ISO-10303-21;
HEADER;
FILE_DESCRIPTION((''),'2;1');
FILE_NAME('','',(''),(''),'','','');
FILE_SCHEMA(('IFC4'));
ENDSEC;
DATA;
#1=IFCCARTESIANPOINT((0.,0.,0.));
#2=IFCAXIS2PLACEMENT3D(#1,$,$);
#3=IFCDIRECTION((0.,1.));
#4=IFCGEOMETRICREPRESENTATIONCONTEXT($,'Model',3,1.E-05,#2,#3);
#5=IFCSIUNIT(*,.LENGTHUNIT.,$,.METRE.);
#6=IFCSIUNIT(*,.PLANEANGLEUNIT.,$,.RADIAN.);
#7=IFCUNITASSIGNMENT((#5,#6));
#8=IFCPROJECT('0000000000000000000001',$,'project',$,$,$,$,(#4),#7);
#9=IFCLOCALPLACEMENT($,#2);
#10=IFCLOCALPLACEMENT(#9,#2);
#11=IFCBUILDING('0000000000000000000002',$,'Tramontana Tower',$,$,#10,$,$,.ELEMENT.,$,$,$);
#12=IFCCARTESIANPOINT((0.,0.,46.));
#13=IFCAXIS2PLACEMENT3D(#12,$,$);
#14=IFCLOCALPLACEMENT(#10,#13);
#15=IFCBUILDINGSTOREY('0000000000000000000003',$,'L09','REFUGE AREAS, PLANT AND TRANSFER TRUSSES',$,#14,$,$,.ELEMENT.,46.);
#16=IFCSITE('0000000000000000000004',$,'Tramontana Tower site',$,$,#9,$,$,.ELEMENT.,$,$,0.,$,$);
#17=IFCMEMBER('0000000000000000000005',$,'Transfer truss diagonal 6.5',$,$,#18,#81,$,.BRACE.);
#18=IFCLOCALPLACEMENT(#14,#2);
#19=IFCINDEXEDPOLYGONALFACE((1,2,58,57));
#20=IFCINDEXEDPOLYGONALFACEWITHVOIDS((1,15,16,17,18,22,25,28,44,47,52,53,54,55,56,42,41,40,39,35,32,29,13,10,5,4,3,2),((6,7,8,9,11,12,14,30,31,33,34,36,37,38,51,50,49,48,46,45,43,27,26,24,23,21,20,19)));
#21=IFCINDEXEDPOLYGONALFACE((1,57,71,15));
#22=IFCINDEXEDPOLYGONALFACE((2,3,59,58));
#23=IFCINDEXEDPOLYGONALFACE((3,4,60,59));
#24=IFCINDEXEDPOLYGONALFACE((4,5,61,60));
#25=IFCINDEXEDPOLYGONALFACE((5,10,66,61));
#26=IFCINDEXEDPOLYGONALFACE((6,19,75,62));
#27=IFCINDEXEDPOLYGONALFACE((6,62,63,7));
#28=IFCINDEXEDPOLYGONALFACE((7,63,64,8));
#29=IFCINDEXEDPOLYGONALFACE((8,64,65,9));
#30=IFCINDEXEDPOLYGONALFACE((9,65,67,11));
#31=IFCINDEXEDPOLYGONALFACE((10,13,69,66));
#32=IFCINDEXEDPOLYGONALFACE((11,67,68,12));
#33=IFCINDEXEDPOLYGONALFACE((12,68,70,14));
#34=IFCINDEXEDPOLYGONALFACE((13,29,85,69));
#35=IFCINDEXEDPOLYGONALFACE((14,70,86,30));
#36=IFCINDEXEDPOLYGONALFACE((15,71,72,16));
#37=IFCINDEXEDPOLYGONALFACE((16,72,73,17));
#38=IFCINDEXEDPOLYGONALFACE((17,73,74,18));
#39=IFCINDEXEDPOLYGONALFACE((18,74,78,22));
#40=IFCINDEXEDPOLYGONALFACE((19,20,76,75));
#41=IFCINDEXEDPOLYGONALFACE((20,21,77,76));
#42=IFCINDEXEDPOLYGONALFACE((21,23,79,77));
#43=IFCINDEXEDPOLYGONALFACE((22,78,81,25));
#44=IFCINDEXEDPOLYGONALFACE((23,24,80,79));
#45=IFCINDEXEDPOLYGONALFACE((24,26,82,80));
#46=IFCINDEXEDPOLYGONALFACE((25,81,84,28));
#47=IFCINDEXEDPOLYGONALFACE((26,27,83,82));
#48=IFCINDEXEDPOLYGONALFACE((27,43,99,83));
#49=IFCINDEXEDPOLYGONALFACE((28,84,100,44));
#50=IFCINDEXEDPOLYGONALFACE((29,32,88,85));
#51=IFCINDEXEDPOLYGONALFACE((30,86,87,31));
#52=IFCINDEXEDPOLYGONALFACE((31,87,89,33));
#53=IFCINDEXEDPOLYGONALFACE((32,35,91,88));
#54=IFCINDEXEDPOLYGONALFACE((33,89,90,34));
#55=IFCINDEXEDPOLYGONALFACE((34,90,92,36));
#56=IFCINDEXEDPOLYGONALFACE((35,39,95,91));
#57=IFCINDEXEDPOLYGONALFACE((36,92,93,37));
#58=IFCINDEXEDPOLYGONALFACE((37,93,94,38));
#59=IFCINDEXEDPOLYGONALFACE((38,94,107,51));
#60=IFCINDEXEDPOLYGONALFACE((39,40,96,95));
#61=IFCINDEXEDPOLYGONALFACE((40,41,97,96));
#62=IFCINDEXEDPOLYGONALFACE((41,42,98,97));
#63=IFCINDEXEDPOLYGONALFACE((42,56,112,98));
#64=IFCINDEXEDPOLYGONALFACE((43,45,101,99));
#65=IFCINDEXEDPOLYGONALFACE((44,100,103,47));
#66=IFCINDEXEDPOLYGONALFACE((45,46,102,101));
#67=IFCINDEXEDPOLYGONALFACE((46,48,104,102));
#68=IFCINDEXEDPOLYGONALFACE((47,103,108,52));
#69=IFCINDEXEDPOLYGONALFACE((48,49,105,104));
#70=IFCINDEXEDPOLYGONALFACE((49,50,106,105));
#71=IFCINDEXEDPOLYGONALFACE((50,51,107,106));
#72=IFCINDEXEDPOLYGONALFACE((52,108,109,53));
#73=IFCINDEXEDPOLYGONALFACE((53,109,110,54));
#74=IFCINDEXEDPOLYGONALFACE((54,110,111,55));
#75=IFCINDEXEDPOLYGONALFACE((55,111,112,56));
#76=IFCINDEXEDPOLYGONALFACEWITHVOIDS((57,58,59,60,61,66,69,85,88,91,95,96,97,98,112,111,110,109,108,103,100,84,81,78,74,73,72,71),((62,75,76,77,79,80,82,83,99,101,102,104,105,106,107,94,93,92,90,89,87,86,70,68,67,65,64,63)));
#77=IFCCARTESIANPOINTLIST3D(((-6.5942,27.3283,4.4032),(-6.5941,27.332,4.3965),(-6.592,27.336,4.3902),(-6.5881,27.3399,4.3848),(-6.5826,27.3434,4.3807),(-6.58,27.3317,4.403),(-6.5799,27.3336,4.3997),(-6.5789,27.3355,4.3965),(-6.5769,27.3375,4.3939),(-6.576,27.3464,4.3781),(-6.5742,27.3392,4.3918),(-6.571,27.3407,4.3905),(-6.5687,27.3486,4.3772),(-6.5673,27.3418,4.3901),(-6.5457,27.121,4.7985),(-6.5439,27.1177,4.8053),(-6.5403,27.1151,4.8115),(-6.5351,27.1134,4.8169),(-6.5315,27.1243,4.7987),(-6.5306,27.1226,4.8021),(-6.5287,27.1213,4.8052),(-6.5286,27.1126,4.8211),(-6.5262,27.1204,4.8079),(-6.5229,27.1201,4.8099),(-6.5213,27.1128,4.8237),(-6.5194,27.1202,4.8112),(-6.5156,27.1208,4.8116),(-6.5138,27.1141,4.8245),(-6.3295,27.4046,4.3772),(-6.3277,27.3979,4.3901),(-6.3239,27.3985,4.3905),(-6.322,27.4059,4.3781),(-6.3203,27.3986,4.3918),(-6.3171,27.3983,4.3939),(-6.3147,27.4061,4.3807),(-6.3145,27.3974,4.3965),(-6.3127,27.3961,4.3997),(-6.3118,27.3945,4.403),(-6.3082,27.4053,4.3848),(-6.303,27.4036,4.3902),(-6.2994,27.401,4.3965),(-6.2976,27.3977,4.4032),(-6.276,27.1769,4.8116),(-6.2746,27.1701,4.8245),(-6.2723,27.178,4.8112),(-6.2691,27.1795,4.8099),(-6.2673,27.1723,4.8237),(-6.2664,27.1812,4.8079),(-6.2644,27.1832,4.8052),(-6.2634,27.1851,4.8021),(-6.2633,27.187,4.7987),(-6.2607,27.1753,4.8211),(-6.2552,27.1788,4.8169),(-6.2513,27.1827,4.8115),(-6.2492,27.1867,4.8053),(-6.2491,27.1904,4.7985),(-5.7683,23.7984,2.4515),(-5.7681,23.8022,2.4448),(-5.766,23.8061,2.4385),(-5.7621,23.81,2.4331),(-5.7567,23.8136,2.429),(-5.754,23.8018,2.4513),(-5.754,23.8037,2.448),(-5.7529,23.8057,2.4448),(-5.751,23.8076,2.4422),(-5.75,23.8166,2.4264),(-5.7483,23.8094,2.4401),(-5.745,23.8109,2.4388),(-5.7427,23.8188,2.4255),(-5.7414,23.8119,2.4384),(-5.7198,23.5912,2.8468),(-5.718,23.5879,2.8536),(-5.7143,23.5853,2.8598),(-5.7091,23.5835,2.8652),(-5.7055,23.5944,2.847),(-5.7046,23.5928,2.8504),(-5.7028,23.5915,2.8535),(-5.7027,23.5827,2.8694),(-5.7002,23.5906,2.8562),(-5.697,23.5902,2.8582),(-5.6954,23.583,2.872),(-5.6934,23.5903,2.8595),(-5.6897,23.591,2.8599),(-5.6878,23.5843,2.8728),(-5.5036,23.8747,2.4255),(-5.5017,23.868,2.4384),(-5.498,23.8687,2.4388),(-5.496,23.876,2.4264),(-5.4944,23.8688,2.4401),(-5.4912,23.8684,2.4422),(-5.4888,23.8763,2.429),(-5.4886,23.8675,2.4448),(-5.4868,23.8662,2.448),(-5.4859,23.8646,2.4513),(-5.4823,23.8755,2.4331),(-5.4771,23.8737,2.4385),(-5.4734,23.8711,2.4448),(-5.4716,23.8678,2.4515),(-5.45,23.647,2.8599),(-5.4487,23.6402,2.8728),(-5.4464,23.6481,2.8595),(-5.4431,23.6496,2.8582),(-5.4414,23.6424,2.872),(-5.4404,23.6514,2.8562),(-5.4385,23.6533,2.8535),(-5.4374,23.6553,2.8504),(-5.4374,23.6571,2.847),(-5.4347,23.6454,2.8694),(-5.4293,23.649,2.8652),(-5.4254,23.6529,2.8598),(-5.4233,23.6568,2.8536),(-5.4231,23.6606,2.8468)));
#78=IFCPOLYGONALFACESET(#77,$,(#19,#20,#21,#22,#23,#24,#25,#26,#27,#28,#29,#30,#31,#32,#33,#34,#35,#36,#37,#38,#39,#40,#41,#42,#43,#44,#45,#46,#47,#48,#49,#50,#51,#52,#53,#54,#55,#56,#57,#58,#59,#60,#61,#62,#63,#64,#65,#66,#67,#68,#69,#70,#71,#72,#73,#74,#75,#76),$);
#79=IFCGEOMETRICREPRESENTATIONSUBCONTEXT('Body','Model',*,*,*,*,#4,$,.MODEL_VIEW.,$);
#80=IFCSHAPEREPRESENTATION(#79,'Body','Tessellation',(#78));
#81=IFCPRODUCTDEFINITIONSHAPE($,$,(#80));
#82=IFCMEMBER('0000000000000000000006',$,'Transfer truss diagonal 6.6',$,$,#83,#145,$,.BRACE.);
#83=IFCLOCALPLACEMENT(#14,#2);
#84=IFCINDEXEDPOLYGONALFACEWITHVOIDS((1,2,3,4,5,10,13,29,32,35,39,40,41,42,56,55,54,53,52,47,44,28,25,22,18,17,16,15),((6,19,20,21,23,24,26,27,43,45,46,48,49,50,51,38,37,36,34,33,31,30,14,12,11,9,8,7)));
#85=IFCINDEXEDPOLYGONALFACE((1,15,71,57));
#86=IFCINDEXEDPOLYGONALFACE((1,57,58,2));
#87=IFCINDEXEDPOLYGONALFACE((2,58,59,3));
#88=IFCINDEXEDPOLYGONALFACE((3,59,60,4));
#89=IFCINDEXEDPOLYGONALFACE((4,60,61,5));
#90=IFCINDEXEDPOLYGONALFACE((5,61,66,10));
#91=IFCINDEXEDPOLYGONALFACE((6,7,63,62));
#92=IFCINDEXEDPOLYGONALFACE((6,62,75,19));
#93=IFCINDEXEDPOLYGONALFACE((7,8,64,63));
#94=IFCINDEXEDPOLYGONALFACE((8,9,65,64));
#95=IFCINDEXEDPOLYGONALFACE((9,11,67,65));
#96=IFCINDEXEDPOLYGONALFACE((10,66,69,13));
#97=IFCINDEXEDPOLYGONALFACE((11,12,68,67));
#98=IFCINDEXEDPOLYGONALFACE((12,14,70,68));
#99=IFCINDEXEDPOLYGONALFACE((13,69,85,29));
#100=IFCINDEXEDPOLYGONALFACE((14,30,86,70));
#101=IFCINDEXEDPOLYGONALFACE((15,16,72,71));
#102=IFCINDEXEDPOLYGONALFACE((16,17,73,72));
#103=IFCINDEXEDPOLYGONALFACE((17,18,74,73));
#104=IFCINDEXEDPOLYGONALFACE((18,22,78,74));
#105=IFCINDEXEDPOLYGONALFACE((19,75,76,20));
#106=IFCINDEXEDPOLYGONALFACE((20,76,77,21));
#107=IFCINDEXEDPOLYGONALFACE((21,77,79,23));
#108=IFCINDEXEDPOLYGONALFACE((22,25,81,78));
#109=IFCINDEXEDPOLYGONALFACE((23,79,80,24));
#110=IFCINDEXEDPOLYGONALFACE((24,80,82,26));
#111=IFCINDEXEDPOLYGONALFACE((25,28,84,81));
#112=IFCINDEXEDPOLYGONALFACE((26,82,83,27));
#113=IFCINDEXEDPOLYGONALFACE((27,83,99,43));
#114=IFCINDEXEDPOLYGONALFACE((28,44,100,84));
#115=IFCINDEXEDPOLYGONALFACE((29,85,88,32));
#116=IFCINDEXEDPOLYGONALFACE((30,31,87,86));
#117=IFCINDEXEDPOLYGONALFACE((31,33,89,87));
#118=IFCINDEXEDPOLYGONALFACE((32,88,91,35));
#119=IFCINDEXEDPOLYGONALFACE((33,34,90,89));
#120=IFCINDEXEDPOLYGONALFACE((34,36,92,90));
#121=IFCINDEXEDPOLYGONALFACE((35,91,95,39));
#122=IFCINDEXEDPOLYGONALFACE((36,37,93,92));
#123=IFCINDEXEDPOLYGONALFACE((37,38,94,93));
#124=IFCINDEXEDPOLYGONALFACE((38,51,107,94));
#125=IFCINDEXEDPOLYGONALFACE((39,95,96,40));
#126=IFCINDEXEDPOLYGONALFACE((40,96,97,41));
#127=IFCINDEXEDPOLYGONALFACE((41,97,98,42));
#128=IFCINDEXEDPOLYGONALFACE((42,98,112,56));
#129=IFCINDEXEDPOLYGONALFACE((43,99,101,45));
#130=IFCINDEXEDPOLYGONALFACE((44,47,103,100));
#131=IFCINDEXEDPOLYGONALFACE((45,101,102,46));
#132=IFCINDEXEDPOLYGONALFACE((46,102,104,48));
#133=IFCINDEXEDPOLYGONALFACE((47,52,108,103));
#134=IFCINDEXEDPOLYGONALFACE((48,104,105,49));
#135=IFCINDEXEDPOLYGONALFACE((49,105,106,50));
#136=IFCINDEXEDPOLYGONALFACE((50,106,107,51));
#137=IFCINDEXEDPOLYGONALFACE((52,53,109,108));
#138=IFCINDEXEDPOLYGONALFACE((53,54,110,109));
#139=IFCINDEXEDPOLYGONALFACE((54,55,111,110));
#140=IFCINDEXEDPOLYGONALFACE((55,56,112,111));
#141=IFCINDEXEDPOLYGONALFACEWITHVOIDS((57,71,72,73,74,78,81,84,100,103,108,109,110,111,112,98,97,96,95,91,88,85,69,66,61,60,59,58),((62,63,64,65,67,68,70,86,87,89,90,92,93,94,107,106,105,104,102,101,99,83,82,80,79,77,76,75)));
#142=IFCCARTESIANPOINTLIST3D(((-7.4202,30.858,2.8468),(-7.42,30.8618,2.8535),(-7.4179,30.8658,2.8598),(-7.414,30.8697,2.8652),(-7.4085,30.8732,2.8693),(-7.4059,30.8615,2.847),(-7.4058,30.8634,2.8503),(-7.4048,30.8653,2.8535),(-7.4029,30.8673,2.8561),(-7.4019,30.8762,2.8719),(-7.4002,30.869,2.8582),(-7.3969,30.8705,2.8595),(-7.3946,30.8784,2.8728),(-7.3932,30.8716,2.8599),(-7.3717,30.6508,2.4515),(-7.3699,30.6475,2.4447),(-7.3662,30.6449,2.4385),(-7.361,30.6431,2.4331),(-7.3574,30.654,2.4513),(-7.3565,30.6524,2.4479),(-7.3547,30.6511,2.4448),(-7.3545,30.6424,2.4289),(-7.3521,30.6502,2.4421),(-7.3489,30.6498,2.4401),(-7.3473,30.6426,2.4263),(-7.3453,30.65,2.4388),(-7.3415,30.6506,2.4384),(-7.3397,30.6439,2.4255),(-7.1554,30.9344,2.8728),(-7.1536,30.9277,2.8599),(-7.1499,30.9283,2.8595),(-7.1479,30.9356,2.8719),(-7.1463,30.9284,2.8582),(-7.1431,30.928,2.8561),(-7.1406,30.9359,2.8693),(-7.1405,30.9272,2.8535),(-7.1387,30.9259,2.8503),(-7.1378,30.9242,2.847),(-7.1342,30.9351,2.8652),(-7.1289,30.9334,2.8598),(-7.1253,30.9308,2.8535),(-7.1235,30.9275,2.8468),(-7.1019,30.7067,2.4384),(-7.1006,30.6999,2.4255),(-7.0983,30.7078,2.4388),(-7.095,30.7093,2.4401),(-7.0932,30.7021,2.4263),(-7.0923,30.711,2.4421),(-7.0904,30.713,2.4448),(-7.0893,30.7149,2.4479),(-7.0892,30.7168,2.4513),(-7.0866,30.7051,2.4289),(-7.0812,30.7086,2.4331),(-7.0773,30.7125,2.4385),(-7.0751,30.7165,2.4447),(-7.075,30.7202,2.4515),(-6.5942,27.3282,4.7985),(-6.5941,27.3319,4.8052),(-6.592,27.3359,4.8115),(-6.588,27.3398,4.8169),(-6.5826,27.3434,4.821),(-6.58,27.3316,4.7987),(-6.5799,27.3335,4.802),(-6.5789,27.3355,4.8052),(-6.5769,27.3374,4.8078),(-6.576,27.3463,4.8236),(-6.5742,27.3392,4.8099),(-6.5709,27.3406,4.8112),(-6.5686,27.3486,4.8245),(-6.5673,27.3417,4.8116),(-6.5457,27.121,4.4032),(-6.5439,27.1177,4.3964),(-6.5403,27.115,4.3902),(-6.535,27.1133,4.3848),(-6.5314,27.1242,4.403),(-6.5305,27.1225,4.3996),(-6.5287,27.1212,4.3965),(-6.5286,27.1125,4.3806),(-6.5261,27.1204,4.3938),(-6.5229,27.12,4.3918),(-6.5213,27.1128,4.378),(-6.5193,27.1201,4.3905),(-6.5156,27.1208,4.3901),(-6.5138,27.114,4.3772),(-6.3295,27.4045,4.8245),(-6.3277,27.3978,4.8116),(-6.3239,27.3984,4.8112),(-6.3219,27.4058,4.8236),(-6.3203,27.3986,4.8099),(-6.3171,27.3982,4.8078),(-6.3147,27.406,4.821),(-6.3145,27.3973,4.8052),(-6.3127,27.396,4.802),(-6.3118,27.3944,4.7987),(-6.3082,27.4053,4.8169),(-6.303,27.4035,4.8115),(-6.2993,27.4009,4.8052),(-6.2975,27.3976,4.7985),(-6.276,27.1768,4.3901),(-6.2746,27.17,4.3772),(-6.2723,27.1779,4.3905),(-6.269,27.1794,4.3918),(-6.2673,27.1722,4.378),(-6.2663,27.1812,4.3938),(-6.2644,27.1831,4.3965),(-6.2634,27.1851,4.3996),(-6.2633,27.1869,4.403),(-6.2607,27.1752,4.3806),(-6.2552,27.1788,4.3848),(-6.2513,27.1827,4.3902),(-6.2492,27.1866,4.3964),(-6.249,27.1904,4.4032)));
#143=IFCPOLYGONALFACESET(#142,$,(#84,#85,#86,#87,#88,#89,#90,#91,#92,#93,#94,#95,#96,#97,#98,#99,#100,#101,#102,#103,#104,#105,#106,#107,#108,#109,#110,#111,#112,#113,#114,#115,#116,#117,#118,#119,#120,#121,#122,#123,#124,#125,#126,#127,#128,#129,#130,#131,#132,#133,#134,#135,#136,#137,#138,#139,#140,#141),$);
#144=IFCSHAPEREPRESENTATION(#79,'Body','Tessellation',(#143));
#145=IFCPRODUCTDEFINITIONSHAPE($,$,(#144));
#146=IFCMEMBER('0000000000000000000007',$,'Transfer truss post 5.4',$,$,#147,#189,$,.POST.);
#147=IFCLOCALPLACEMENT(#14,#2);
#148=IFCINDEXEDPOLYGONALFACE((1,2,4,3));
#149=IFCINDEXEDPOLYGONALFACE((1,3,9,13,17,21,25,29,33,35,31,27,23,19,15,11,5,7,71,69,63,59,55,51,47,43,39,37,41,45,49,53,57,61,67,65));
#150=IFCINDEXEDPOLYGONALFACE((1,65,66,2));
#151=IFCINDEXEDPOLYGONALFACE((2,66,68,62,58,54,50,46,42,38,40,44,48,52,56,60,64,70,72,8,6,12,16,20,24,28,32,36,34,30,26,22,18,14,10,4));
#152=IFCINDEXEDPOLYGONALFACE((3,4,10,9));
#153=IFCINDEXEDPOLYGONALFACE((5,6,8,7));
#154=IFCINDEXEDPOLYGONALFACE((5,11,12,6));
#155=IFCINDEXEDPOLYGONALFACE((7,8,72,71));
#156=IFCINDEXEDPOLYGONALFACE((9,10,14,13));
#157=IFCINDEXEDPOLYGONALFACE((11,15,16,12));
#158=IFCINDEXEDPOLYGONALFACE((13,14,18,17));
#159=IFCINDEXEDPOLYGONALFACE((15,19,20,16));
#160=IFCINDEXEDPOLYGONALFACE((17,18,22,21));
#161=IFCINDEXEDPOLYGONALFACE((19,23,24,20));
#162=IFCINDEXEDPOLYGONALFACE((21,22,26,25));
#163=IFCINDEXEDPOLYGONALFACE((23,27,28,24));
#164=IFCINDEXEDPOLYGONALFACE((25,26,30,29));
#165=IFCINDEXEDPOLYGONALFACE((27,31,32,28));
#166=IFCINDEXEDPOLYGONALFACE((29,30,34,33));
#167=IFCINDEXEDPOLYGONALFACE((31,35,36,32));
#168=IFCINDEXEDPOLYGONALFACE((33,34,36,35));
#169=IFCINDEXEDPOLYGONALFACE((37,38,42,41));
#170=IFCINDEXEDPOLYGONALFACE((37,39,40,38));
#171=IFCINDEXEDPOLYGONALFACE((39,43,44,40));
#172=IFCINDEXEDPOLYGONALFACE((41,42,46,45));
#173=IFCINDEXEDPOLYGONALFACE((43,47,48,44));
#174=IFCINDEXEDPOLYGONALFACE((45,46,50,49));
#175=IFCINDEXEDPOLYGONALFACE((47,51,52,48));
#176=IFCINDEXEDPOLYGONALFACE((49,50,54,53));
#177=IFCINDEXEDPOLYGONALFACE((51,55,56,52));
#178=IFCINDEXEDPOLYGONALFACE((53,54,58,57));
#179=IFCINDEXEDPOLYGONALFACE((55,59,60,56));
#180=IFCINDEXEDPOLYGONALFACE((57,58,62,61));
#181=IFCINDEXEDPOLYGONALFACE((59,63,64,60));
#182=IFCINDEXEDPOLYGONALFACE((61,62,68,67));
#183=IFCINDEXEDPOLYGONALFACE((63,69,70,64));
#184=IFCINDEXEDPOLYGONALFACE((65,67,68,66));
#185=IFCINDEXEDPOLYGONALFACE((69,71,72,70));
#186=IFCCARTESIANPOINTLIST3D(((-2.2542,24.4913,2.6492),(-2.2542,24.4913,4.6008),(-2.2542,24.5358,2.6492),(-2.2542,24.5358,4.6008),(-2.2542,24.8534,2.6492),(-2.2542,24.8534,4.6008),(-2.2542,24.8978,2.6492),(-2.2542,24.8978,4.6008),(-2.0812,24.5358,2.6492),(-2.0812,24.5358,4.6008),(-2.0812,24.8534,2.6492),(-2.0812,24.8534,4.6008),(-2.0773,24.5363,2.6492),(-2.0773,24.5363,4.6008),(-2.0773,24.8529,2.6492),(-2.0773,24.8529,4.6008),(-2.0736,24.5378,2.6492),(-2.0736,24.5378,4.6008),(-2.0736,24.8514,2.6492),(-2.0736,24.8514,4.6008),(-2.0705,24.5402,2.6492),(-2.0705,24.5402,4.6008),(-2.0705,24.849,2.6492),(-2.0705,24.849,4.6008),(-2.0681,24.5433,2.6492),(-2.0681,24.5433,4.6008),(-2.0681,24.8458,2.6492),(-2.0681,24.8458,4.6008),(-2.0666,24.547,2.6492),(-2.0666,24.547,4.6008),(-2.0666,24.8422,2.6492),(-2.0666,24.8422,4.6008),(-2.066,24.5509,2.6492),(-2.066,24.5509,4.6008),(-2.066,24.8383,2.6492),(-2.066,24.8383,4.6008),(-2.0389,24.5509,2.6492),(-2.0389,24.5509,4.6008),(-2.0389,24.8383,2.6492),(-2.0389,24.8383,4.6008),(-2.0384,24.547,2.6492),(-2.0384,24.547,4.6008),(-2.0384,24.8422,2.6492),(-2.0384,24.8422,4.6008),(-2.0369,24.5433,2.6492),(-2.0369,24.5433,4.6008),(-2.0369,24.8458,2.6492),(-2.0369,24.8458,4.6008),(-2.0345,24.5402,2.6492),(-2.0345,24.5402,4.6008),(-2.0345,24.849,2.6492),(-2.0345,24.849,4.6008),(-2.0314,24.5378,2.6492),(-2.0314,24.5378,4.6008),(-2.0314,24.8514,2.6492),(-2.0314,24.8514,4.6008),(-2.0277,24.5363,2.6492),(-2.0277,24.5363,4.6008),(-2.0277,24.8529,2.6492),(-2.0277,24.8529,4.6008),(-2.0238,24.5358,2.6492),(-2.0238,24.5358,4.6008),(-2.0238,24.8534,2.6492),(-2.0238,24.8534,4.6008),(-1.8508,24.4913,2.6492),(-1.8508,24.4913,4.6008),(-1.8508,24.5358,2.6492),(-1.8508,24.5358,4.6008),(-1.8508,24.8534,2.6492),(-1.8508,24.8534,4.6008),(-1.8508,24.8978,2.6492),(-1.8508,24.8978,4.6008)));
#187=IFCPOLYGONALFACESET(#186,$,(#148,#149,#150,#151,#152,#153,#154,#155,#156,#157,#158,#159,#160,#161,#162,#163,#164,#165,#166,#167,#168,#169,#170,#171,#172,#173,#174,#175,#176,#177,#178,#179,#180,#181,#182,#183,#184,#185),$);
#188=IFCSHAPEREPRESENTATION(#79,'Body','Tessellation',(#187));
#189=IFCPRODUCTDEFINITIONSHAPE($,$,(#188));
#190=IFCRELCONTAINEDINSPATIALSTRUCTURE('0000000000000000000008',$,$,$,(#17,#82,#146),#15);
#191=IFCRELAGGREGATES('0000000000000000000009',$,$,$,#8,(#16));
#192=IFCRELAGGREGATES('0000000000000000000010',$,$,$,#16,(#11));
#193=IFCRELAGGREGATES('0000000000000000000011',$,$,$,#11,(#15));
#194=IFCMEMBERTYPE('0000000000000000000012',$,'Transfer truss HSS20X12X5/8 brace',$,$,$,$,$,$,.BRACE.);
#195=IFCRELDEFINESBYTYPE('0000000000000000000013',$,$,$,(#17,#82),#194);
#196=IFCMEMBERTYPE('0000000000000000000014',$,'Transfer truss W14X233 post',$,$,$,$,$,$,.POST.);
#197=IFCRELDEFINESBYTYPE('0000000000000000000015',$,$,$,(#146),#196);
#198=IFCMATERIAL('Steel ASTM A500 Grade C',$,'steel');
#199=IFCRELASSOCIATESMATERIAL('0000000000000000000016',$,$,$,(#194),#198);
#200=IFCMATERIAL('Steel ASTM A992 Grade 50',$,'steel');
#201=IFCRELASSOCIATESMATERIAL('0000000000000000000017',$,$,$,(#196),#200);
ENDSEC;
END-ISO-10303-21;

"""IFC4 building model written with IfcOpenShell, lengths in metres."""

from ifc_helpers import new_model, si_unit, direction, frame, origin, origin_2d, place, context, subcontext, project, spatial, hollow_rectangle, i_section, extrude, material, material_profile, profile_set, type_object, element, save


model = new_model("IFC4")

# Units and contexts
model_context = context("Model", 3, precision=1e-05, world=origin(), true_north=direction((0.0, 1.0)))
body_context = subcontext(model_context, "Body", "Model", "MODEL_VIEW")
ifc_project = project(units=[si_unit("LENGTHUNIT", "METRE"), si_unit("PLANEANGLEUNIT", "RADIAN")], contexts=[model_context])

# Site, building, storey
site_placement = place(None, origin())
site = spatial("IfcSite", under=ifc_project, at=site_placement, Name="Tramontana Tower site", CompositionType="ELEMENT", RefElevation=0.0)
building_placement = place(site_placement, origin())
building = spatial("IfcBuilding", under=site, at=building_placement, Name="Tramontana Tower", CompositionType="ELEMENT")
storey_placement = place(building_placement, frame((0.0, 0.0, 46.0)))
storey = spatial("IfcBuildingStorey", under=building, at=storey_placement, Name="L09", Description="REFUGE AREAS, PLANT AND TRANSFER TRUSSES", CompositionType="ELEMENT", Elevation=46.0)

# Members
ifc_material_1 = material(Name="Steel ASTM A500 Grade C", Category="steel")
ifc_material_profile_1 = material_profile(ifc_material_1, hollow_rectangle(XDim=0.3047, YDim=0.5081, WallThickness=0.0146, InnerFilletRadius=0.0146, OuterFilletRadius=0.0295, at=origin_2d()), Name="HSS20X12X5/8")
ifc_profile_set_1 = profile_set([ifc_material_profile_1], Name="Steel ASTM A500 Grade C")
member_type_1 = type_object("IfcMemberType", Name="Transfer truss HSS20X12X5/8 brace", PredefinedType="BRACE", material=ifc_profile_set_1)
for number, where, z_axis, x_axis, name in (
    (1, (-5.5957, 23.7295, 2.6492), (-0.200609, 0.857347, 0.474038), (-0.9737, -0.227834, 0.0), "Transfer truss diagonal 6.5"),
    (2, (-6.4216, 27.2593, 4.6008), (-0.200609, 0.857347, -0.474038), (-0.9737, -0.227834, 0.0), "Transfer truss diagonal 6.6"),
):
    element("IfcMember", number, at=place(storey_placement, frame(where, z_axis=z_axis, x_axis=x_axis)), inside=storey, type_object=member_type_1, Name=name, PredefinedType="BRACE", context=body_context, shape_type="SweptSolid", body=[
        extrude(hollow_rectangle(XDim=0.3047, YDim=0.5081, WallThickness=0.0146, InnerFilletRadius=0.0146, OuterFilletRadius=0.0295, at=origin_2d()), origin(), (0.0, 0.0, 1.0), 4.1172),
    ])
ifc_material_2 = material(Name="Steel ASTM A992 Grade 50", Category="steel")
ifc_material_profile_2 = material_profile(ifc_material_2, i_section(OverallWidth=0.4033, OverallDepth=0.4065, WebThickness=0.0271, FlangeThickness=0.0444, FilletRadius=0.0151, at=origin_2d()), Name="W14X233")
ifc_profile_set_2 = profile_set([ifc_material_profile_2], Name="Steel ASTM A992 Grade 50")
member_type_2 = type_object("IfcMemberType", Name="Transfer truss W14X233 post", PredefinedType="POST", material=ifc_profile_set_2)
for number, where, z_axis, x_axis, name in (
    (3, (-2.0525, 24.6946, 2.6492), (0.0, 0.0, 1.0), (1.0, 0.0, 0.0), "Transfer truss post 5.4"),
):
    element("IfcMember", number, at=place(storey_placement, frame(where, z_axis=z_axis, x_axis=x_axis)), inside=storey, type_object=member_type_2, Name=name, PredefinedType="POST", context=body_context, shape_type="SweptSolid", body=[
        extrude(i_section(OverallWidth=0.4033, OverallDepth=0.4065, WebThickness=0.0271, FlangeThickness=0.0444, FilletRadius=0.0151, at=origin_2d()), origin(), (0.0, 0.0, 1.0), 1.9517),
    ])

save(model, "model.ifc")
